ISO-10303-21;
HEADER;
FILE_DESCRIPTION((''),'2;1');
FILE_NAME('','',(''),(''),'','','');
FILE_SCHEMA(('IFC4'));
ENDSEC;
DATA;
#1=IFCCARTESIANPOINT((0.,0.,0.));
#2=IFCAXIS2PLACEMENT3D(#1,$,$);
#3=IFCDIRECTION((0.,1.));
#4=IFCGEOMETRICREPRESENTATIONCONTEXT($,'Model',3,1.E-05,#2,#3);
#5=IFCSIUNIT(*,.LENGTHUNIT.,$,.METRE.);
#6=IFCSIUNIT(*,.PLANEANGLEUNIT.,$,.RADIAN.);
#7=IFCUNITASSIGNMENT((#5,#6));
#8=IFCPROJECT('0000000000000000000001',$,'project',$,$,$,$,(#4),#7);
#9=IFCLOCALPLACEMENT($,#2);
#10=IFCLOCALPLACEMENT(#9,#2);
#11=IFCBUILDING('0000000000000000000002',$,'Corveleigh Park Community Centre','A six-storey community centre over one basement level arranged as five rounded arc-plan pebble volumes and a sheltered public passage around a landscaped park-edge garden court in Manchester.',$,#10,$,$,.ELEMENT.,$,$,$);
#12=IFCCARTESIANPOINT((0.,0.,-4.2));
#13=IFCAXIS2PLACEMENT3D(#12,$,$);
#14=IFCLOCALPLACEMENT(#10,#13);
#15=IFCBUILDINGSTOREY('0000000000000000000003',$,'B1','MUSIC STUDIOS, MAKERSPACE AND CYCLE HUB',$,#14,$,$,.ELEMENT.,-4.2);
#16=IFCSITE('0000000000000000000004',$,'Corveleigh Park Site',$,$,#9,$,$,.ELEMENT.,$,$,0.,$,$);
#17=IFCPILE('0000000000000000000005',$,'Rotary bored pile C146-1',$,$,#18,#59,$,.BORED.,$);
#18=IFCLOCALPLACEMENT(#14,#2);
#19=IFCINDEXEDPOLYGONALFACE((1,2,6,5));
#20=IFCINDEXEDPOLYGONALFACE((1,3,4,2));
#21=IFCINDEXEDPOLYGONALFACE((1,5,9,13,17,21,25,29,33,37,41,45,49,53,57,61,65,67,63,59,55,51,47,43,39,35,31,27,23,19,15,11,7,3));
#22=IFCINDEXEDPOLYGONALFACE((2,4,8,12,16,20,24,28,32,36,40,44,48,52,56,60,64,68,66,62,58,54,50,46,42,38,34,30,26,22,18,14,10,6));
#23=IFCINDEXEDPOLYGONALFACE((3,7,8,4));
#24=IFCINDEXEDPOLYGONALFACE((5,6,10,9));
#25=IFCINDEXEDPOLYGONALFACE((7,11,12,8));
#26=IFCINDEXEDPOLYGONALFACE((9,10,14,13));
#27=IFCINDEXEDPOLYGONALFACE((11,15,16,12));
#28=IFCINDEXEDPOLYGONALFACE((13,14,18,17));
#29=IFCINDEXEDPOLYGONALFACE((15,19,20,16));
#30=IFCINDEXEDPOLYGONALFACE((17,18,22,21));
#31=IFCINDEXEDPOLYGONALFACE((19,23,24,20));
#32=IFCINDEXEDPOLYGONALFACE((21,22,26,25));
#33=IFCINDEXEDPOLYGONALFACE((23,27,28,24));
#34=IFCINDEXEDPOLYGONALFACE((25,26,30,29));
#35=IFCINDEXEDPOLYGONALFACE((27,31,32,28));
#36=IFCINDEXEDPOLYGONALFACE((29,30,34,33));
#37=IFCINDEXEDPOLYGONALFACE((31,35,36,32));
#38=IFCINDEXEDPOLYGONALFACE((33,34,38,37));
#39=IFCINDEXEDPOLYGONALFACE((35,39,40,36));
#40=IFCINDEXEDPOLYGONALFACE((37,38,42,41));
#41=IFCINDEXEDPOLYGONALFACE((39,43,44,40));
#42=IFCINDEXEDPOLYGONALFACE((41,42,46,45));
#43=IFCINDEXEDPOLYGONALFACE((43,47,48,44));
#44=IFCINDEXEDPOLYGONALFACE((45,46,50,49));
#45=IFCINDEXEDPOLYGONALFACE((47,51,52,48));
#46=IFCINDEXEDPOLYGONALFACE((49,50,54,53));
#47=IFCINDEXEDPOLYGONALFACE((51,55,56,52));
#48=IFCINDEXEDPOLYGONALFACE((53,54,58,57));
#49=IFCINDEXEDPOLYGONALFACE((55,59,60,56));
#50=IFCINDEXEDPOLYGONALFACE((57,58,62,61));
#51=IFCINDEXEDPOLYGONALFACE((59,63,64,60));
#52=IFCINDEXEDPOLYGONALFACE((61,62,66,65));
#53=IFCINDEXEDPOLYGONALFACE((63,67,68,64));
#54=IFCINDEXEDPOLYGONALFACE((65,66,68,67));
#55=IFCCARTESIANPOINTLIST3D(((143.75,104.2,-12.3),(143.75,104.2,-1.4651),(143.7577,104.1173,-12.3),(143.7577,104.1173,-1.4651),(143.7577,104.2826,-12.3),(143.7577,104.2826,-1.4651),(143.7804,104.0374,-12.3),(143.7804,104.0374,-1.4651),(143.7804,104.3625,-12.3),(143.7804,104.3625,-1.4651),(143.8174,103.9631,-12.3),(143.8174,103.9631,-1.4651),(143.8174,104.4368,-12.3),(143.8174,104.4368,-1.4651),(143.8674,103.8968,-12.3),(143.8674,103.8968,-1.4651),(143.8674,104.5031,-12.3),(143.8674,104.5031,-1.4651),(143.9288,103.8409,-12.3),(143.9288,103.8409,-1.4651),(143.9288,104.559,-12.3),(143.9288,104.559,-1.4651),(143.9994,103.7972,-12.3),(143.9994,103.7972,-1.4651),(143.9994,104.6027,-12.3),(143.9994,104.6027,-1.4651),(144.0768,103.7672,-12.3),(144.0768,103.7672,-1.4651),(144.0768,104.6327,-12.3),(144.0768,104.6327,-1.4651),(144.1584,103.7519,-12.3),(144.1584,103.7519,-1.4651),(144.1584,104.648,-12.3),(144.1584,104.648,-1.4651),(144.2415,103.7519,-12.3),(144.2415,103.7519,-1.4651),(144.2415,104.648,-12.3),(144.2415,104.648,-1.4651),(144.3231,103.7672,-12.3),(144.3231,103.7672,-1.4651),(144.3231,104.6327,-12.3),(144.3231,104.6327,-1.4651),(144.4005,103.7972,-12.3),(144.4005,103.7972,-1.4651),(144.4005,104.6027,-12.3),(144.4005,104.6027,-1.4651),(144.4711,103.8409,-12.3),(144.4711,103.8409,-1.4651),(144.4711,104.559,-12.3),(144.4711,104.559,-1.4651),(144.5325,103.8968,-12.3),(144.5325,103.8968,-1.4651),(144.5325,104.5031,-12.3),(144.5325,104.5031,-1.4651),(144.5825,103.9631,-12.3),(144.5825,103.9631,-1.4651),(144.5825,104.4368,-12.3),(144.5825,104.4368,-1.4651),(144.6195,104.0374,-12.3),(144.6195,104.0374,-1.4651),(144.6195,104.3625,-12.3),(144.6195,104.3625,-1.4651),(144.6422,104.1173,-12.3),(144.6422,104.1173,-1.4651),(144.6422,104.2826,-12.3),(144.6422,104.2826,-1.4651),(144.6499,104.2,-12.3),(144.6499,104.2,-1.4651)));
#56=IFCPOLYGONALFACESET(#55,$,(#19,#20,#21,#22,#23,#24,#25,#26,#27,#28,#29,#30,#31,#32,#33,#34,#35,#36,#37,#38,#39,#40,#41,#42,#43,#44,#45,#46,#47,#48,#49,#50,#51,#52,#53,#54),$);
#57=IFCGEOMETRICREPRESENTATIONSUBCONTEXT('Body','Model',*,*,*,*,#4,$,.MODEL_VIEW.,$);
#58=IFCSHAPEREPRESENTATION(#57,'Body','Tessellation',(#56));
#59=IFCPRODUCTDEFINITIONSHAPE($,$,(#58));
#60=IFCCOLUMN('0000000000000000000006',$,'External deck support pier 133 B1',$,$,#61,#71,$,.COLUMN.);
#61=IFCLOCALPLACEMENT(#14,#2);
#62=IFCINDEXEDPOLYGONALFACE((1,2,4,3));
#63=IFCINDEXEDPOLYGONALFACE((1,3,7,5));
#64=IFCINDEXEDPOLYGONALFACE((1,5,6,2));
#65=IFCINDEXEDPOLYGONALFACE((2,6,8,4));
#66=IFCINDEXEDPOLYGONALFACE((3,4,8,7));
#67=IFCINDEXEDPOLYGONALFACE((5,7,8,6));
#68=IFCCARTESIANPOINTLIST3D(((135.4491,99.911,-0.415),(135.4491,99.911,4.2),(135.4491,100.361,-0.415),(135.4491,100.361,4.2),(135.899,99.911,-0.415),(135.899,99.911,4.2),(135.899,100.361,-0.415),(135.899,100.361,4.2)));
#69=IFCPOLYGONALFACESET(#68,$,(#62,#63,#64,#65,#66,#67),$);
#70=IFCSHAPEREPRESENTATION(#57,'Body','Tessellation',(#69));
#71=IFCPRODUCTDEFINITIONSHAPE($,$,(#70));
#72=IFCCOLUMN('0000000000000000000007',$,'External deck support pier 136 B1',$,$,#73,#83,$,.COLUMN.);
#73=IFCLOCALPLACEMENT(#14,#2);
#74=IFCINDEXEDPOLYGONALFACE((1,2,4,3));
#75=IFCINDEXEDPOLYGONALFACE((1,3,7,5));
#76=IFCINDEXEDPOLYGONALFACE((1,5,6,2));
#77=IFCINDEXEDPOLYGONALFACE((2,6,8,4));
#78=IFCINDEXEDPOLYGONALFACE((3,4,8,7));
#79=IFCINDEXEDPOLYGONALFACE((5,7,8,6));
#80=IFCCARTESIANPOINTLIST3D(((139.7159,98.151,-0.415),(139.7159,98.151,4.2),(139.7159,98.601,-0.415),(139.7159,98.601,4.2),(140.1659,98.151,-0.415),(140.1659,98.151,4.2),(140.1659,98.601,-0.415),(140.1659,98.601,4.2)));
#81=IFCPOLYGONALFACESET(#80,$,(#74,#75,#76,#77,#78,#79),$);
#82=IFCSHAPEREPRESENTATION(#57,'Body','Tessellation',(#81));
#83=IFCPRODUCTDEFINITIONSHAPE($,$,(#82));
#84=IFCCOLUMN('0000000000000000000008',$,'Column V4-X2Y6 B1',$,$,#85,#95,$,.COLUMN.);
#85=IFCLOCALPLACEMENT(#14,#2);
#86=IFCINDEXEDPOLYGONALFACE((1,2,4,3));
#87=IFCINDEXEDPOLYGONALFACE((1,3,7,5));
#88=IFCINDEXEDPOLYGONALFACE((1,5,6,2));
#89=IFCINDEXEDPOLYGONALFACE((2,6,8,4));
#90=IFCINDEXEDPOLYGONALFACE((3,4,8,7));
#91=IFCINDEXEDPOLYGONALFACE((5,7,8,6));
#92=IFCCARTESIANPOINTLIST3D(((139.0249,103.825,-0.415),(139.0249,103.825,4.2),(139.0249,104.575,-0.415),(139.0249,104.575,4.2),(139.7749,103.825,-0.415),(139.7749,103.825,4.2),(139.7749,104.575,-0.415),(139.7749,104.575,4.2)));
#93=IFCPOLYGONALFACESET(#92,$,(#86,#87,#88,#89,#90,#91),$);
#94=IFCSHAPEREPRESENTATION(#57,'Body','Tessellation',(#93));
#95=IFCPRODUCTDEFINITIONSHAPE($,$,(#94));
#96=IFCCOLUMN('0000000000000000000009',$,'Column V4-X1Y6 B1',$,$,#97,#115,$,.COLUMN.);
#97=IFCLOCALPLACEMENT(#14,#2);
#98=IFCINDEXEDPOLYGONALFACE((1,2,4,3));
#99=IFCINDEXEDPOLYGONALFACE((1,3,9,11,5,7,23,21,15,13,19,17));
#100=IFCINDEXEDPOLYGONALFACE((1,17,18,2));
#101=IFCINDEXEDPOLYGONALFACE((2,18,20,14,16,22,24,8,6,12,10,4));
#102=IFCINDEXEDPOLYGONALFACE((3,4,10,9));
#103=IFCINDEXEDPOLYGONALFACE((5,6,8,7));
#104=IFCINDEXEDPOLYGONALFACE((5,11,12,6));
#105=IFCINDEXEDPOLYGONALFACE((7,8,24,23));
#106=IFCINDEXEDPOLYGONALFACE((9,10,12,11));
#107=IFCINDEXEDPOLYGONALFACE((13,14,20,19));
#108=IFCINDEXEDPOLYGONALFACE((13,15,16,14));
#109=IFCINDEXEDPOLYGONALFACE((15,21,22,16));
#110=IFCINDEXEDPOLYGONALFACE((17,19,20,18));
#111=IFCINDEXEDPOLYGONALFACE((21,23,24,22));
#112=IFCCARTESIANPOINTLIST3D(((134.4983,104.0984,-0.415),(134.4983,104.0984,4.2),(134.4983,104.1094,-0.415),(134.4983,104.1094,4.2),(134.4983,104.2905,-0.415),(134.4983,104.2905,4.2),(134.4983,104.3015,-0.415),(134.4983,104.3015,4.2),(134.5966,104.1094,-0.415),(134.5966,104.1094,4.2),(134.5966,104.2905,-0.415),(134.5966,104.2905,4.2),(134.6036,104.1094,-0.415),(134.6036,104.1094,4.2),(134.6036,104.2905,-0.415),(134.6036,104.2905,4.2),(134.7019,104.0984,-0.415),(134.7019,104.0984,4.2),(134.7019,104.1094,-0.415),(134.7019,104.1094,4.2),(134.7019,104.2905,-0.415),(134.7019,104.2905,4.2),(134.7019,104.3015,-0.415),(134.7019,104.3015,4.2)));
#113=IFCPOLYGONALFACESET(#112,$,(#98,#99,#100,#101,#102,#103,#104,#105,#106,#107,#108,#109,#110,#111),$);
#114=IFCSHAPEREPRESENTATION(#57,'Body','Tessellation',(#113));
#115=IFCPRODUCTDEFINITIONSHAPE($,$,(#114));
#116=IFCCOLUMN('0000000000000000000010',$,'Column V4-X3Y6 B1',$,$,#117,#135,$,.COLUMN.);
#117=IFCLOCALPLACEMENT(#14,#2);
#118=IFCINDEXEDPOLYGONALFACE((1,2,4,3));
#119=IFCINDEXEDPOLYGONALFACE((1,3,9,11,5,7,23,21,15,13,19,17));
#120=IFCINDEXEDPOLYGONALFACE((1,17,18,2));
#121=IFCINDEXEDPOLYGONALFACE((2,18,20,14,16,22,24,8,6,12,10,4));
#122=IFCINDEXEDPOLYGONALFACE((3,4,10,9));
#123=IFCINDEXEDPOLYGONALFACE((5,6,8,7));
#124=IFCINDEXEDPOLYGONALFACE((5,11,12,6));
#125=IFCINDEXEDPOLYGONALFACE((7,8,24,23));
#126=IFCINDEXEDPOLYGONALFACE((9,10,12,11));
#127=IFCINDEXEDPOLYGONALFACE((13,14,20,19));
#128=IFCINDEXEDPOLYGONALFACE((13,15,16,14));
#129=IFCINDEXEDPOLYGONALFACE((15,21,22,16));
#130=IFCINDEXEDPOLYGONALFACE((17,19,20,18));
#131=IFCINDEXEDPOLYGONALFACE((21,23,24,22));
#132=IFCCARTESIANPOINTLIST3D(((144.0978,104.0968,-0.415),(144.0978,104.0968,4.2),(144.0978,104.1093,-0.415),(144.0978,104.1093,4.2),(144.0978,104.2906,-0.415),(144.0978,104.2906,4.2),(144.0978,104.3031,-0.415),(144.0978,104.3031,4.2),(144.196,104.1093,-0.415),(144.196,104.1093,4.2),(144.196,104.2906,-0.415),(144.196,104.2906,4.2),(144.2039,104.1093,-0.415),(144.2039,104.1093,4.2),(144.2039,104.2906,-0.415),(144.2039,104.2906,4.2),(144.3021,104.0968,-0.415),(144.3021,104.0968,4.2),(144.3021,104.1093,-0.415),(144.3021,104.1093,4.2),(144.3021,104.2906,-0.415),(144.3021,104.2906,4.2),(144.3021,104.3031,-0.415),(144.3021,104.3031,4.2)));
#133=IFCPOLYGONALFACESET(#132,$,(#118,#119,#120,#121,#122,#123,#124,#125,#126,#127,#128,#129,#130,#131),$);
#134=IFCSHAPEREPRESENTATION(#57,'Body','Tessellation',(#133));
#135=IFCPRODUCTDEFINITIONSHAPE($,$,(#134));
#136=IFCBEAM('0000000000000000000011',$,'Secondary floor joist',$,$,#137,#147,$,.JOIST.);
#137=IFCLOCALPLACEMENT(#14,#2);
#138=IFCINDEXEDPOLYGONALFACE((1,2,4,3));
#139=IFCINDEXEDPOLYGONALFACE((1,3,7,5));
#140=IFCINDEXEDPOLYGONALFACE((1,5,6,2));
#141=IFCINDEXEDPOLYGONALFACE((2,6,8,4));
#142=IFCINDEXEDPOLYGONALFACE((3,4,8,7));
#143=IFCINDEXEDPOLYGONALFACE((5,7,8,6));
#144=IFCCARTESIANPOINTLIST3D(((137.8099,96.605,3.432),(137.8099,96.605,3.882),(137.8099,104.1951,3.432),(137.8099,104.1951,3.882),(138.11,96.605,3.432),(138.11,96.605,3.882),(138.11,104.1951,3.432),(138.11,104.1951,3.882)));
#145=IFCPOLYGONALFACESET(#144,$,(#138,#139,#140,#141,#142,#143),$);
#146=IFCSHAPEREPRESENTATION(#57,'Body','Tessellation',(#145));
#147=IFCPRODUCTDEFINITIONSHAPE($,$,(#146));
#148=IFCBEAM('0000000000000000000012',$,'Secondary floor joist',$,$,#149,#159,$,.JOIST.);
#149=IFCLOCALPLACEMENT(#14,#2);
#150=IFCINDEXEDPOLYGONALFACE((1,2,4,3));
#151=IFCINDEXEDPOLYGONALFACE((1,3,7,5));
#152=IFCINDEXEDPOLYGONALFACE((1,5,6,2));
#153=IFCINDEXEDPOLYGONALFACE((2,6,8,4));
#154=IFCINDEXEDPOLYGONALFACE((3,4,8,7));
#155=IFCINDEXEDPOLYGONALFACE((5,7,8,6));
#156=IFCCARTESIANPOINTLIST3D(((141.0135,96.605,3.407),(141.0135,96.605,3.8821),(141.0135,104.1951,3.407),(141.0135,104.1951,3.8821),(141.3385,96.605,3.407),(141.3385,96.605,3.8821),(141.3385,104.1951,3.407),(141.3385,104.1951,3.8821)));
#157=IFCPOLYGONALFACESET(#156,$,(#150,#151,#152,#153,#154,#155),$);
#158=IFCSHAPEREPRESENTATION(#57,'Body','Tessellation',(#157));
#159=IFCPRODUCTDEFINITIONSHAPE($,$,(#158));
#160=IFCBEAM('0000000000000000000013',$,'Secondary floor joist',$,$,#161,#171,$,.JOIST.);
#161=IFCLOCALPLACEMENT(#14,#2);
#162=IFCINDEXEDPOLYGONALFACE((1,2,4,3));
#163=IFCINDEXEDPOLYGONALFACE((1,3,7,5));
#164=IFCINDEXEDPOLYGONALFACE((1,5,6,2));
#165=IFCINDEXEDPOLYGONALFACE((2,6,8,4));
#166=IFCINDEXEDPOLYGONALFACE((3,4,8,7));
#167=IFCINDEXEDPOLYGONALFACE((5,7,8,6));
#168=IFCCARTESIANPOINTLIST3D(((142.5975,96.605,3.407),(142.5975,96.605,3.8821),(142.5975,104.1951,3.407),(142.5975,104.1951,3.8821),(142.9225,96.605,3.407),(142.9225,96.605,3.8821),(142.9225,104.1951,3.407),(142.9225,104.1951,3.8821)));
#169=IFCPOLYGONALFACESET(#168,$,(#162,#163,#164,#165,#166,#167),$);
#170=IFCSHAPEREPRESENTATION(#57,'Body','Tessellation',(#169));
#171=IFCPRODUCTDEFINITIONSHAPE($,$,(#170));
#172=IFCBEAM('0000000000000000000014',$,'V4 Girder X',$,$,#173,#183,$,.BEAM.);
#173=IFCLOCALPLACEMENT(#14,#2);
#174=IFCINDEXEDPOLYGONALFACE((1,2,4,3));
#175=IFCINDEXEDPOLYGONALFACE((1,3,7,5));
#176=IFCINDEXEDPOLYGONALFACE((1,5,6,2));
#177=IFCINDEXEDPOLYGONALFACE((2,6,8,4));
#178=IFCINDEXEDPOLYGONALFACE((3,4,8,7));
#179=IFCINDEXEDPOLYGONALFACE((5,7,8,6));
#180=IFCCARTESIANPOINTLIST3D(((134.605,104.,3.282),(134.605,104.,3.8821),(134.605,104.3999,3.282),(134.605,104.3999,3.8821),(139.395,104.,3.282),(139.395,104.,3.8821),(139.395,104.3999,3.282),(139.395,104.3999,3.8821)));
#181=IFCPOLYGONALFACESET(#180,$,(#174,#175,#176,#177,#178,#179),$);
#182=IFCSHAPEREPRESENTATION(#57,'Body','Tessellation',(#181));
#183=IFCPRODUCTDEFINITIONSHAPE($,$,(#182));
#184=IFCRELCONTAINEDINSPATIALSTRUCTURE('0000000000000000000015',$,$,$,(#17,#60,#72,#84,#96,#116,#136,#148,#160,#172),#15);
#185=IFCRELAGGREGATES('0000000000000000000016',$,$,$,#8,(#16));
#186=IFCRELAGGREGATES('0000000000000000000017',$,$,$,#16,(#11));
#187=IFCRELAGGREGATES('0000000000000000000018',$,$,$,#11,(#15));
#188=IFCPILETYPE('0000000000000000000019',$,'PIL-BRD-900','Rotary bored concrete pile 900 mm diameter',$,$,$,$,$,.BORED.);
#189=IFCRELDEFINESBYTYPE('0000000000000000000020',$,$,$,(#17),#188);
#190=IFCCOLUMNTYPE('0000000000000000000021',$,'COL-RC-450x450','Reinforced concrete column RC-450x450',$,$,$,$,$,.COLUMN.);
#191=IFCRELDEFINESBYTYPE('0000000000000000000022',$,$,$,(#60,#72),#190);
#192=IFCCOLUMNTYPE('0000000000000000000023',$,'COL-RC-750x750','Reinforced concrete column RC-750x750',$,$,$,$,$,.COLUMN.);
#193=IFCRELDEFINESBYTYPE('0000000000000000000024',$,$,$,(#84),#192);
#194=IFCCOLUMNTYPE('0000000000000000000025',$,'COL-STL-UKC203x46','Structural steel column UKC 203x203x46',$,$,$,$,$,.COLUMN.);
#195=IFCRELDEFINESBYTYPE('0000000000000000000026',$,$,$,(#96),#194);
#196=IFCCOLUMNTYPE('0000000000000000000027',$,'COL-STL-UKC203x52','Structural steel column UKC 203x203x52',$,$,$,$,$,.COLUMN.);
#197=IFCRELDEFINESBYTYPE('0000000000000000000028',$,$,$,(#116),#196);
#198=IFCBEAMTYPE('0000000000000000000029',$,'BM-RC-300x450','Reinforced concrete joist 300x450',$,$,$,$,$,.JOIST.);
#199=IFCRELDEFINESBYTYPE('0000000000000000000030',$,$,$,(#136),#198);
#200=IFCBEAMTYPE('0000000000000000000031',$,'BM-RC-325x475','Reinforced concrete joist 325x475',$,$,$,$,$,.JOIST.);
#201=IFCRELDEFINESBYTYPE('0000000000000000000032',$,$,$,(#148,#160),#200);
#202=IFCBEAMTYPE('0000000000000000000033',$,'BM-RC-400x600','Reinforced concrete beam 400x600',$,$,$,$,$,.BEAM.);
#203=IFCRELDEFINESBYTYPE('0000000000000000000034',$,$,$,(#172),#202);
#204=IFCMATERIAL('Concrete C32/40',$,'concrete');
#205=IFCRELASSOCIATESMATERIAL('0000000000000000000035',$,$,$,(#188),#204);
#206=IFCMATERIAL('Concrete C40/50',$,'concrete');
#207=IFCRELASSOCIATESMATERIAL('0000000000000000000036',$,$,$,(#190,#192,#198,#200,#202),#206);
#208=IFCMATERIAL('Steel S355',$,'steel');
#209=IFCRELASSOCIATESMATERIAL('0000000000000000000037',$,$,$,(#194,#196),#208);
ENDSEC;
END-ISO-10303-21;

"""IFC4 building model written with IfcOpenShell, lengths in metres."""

from ifc_helpers import new_model, si_unit, direction, frame, origin, origin_2d, place, context, subcontext, project, spatial, rectangle, circle, i_section, extrude, material, material_profile, profile_set, type_object, element, save


model = new_model("IFC4")

# Units and contexts
model_context = context("Model", 3, precision=1e-05, world=origin(), true_north=direction((0.0, 1.0)))
body_context = subcontext(model_context, "Body", "Model", "MODEL_VIEW")
ifc_project = project(units=[si_unit("LENGTHUNIT", "METRE"), si_unit("PLANEANGLEUNIT", "RADIAN")], contexts=[model_context])

# Site, building, storey
site_placement = place(None, origin())
site = spatial("IfcSite", under=ifc_project, at=site_placement, Name="Corveleigh Park Site", CompositionType="ELEMENT", RefElevation=0.0)
building_placement = place(site_placement, origin())
building = spatial("IfcBuilding", under=site, at=building_placement, Name="Corveleigh Park Community Centre", Description="A six-storey community centre over one basement level arranged as five rounded arc-plan pebble volumes and a sheltered public passage around a landscaped park-edge garden court in Manchester.", CompositionType="ELEMENT")
storey_placement = place(building_placement, frame((0.0, 0.0, -4.2)))
storey = spatial("IfcBuildingStorey", under=building, at=storey_placement, Name="B1", Description="MUSIC STUDIOS, MAKERSPACE AND CYCLE HUB", CompositionType="ELEMENT", Elevation=-4.2)

# Shared definitions
ifc_material_1 = material(Name="Concrete C40/50", Category="concrete")

# Pile
ifc_material_2 = material(Name="Concrete C32/40", Category="concrete")
ifc_material_profile_1 = material_profile(ifc_material_2, circle(Radius=0.45, at=origin_2d()), Name="BORED-PILE-900", Category="concrete")
ifc_profile_set_1 = profile_set([ifc_material_profile_1], Name="Concrete C32/40")
pile_type_1 = type_object("IfcPileType", Name="PIL-BRD-900", Description="Rotary bored concrete pile 900 mm diameter", PredefinedType="BORED", material=ifc_profile_set_1)
for number, where, z_axis, x_axis, name in (
    (1, (144.2, 104.2, -1.4651), (0.0, 0.0, -1.0), (1.0, 0.0, 0.0), "Rotary bored pile C146-1"),
):
    element("IfcPile", number, at=place(storey_placement, frame(where, z_axis=z_axis, x_axis=x_axis)), inside=storey, type_object=pile_type_1, Name=name, PredefinedType="BORED", context=body_context, shape_type="SweptSolid", body=[
        extrude(circle(Radius=0.45, at=origin_2d()), origin(), (0.0, 0.0, 1.0), 10.835),
    ])

# Columns
ifc_material_profile_2 = material_profile(ifc_material_1, rectangle(XDim=0.45, YDim=0.45, at=origin_2d()), Name="RC-450x450", Category="concrete")
ifc_profile_set_2 = profile_set([ifc_material_profile_2], Name="Concrete C40/50")
column_type_1 = type_object("IfcColumnType", Name="COL-RC-450x450", Description="Reinforced concrete column RC-450x450", PredefinedType="COLUMN", material=ifc_profile_set_2)
for number, where, z_axis, x_axis, name in (
    (2, (135.6741, 100.136, -0.415), (0.0, 0.0, 1.0), (1.0, 0.0, 0.0), "External deck support pier 133 B1"),
    (3, (139.9409, 98.376, -0.415), (0.0, 0.0, 1.0), (1.0, 0.0, 0.0), "External deck support pier 136 B1"),
):
    element("IfcColumn", number, at=place(storey_placement, frame(where, z_axis=z_axis, x_axis=x_axis)), inside=storey, type_object=column_type_1, Name=name, PredefinedType="COLUMN", context=body_context, shape_type="SweptSolid", body=[
        extrude(rectangle(XDim=0.45, YDim=0.45, at=origin_2d()), origin(), (0.0, 0.0, 1.0), 4.615),
    ])
ifc_material_profile_3 = material_profile(ifc_material_1, rectangle(XDim=0.75, YDim=0.75, at=origin_2d()), Name="RC-750x750", Category="concrete")
ifc_profile_set_3 = profile_set([ifc_material_profile_3], Name="Concrete C40/50")
column_type_2 = type_object("IfcColumnType", Name="COL-RC-750x750", Description="Reinforced concrete column RC-750x750", PredefinedType="COLUMN", material=ifc_profile_set_3)
column_1_placement = place(storey_placement, frame((139.3999, 104.2, -0.415), z_axis=(0.0, 0.0, 1.0), x_axis=(1.0, 0.0, 0.0)))
element("IfcColumn", 4, at=column_1_placement, inside=storey, type_object=column_type_2, Name="Column V4-X2Y6 B1", PredefinedType="COLUMN", context=body_context, shape_type="SweptSolid", body=[
    extrude(rectangle(XDim=0.75, YDim=0.75, at=origin_2d()), origin(), (0.0, 0.0, 1.0), 4.615),
])
ifc_material_3 = material(Name="Steel S355", Category="steel")
ifc_material_profile_4 = material_profile(ifc_material_3, i_section(OverallWidth=0.2036, OverallDepth=0.2031, WebThickness=0.0071, FlangeThickness=0.011, at=origin_2d()), Name="UKC 203x203x46", Category="steel")
ifc_profile_set_4 = profile_set([ifc_material_profile_4], Name="Steel S355")
column_type_3 = type_object("IfcColumnType", Name="COL-STL-UKC203x46", Description="Structural steel column UKC 203x203x46", PredefinedType="COLUMN", material=ifc_profile_set_4)
column_2_placement = place(storey_placement, frame((134.6001, 104.2, -0.415), z_axis=(0.0, 0.0, 1.0), x_axis=(1.0, 0.0, 0.0)))
element("IfcColumn", 5, at=column_2_placement, inside=storey, type_object=column_type_3, Name="Column V4-X1Y6 B1", PredefinedType="COLUMN", context=body_context, shape_type="SweptSolid", body=[
    extrude(i_section(OverallWidth=0.2036, OverallDepth=0.2031, WebThickness=0.0071, FlangeThickness=0.011, at=origin_2d()), origin(), (0.0, 0.0, 1.0), 4.615),
])
ifc_material_profile_5 = material_profile(ifc_material_3, i_section(OverallWidth=0.2043, OverallDepth=0.2063, WebThickness=0.0078, FlangeThickness=0.0125, at=origin_2d()), Name="UKC 203x203x52", Category="steel")
ifc_profile_set_5 = profile_set([ifc_material_profile_5], Name="Steel S355")
column_type_4 = type_object("IfcColumnType", Name="COL-STL-UKC203x52", Description="Structural steel column UKC 203x203x52", PredefinedType="COLUMN", material=ifc_profile_set_5)
column_3_placement = place(storey_placement, frame((144.2, 104.2, -0.415), z_axis=(0.0, 0.0, 1.0), x_axis=(1.0, 0.0, 0.0)))
element("IfcColumn", 6, at=column_3_placement, inside=storey, type_object=column_type_4, Name="Column V4-X3Y6 B1", PredefinedType="COLUMN", context=body_context, shape_type="SweptSolid", body=[
    extrude(i_section(OverallWidth=0.2043, OverallDepth=0.2063, WebThickness=0.0078, FlangeThickness=0.0125, at=origin_2d()), origin(), (0.0, 0.0, 1.0), 4.615),
])

# Beams
ifc_material_profile_6 = material_profile(ifc_material_1, rectangle(XDim=0.3, YDim=0.45, at=origin_2d()), Name="RC-300x450", Category="concrete")
ifc_profile_set_6 = profile_set([ifc_material_profile_6], Name="Concrete C40/50")
beam_type_1 = type_object("IfcBeamType", Name="BM-RC-300x450", Description="Reinforced concrete joist 300x450", PredefinedType="JOIST", material=ifc_profile_set_6)
beam_1_placement = place(storey_placement, frame((137.96, 96.605, 3.657), z_axis=(0.0, 1.0, 0.0), x_axis=(-1.0, 0.0, 0.0)))
element("IfcBeam", 7, at=beam_1_placement, inside=storey, type_object=beam_type_1, Name="Secondary floor joist", PredefinedType="JOIST", context=body_context, shape_type="SweptSolid", body=[
    extrude(rectangle(XDim=0.3, YDim=0.45, at=origin_2d()), origin(), (0.0, 0.0, 1.0), 7.5901),
])
ifc_material_profile_7 = material_profile(ifc_material_1, rectangle(XDim=0.325, YDim=0.4751, at=origin_2d()), Name="RC-325x475", Category="concrete")
ifc_profile_set_7 = profile_set([ifc_material_profile_7], Name="Concrete C40/50")
beam_type_2 = type_object("IfcBeamType", Name="BM-RC-325x475", Description="Reinforced concrete joist 325x475", PredefinedType="JOIST", material=ifc_profile_set_7)
for number, where, z_axis, x_axis, name in (
    (8, (141.176, 96.605, 3.6445), (0.0, 1.0, 0.0), (-1.0, 0.0, 0.0), "Secondary floor joist"),
    (9, (142.76, 96.605, 3.6445), (0.0, 1.0, 0.0), (-1.0, 0.0, 0.0), "Secondary floor joist"),
):
    element("IfcBeam", number, at=place(storey_placement, frame(where, z_axis=z_axis, x_axis=x_axis)), inside=storey, type_object=beam_type_2, Name=name, PredefinedType="JOIST", context=body_context, shape_type="SweptSolid", body=[
        extrude(rectangle(XDim=0.325, YDim=0.4751, at=origin_2d()), origin(), (0.0, 0.0, 1.0), 7.5901),
    ])
ifc_material_profile_8 = material_profile(ifc_material_1, rectangle(XDim=0.3999, YDim=0.6001, at=origin_2d()), Name="RC-400x600", Category="concrete")
ifc_profile_set_8 = profile_set([ifc_material_profile_8], Name="Concrete C40/50")
beam_type_3 = type_object("IfcBeamType", Name="BM-RC-400x600", Description="Reinforced concrete beam 400x600", PredefinedType="BEAM", material=ifc_profile_set_8)
beam_2_placement = place(storey_placement, frame((134.605, 104.2, 3.582), z_axis=(1.0, 0.0, 0.0), x_axis=(0.0, 1.0, 0.0)))
element("IfcBeam", 10, at=beam_2_placement, inside=storey, type_object=beam_type_3, Name="V4 Girder X", PredefinedType="BEAM", context=body_context, shape_type="SweptSolid", body=[
    extrude(rectangle(XDim=0.3999, YDim=0.6001, at=origin_2d()), origin(), (0.0, 0.0, 1.0), 4.79),
])

save(model, "model.ifc")
